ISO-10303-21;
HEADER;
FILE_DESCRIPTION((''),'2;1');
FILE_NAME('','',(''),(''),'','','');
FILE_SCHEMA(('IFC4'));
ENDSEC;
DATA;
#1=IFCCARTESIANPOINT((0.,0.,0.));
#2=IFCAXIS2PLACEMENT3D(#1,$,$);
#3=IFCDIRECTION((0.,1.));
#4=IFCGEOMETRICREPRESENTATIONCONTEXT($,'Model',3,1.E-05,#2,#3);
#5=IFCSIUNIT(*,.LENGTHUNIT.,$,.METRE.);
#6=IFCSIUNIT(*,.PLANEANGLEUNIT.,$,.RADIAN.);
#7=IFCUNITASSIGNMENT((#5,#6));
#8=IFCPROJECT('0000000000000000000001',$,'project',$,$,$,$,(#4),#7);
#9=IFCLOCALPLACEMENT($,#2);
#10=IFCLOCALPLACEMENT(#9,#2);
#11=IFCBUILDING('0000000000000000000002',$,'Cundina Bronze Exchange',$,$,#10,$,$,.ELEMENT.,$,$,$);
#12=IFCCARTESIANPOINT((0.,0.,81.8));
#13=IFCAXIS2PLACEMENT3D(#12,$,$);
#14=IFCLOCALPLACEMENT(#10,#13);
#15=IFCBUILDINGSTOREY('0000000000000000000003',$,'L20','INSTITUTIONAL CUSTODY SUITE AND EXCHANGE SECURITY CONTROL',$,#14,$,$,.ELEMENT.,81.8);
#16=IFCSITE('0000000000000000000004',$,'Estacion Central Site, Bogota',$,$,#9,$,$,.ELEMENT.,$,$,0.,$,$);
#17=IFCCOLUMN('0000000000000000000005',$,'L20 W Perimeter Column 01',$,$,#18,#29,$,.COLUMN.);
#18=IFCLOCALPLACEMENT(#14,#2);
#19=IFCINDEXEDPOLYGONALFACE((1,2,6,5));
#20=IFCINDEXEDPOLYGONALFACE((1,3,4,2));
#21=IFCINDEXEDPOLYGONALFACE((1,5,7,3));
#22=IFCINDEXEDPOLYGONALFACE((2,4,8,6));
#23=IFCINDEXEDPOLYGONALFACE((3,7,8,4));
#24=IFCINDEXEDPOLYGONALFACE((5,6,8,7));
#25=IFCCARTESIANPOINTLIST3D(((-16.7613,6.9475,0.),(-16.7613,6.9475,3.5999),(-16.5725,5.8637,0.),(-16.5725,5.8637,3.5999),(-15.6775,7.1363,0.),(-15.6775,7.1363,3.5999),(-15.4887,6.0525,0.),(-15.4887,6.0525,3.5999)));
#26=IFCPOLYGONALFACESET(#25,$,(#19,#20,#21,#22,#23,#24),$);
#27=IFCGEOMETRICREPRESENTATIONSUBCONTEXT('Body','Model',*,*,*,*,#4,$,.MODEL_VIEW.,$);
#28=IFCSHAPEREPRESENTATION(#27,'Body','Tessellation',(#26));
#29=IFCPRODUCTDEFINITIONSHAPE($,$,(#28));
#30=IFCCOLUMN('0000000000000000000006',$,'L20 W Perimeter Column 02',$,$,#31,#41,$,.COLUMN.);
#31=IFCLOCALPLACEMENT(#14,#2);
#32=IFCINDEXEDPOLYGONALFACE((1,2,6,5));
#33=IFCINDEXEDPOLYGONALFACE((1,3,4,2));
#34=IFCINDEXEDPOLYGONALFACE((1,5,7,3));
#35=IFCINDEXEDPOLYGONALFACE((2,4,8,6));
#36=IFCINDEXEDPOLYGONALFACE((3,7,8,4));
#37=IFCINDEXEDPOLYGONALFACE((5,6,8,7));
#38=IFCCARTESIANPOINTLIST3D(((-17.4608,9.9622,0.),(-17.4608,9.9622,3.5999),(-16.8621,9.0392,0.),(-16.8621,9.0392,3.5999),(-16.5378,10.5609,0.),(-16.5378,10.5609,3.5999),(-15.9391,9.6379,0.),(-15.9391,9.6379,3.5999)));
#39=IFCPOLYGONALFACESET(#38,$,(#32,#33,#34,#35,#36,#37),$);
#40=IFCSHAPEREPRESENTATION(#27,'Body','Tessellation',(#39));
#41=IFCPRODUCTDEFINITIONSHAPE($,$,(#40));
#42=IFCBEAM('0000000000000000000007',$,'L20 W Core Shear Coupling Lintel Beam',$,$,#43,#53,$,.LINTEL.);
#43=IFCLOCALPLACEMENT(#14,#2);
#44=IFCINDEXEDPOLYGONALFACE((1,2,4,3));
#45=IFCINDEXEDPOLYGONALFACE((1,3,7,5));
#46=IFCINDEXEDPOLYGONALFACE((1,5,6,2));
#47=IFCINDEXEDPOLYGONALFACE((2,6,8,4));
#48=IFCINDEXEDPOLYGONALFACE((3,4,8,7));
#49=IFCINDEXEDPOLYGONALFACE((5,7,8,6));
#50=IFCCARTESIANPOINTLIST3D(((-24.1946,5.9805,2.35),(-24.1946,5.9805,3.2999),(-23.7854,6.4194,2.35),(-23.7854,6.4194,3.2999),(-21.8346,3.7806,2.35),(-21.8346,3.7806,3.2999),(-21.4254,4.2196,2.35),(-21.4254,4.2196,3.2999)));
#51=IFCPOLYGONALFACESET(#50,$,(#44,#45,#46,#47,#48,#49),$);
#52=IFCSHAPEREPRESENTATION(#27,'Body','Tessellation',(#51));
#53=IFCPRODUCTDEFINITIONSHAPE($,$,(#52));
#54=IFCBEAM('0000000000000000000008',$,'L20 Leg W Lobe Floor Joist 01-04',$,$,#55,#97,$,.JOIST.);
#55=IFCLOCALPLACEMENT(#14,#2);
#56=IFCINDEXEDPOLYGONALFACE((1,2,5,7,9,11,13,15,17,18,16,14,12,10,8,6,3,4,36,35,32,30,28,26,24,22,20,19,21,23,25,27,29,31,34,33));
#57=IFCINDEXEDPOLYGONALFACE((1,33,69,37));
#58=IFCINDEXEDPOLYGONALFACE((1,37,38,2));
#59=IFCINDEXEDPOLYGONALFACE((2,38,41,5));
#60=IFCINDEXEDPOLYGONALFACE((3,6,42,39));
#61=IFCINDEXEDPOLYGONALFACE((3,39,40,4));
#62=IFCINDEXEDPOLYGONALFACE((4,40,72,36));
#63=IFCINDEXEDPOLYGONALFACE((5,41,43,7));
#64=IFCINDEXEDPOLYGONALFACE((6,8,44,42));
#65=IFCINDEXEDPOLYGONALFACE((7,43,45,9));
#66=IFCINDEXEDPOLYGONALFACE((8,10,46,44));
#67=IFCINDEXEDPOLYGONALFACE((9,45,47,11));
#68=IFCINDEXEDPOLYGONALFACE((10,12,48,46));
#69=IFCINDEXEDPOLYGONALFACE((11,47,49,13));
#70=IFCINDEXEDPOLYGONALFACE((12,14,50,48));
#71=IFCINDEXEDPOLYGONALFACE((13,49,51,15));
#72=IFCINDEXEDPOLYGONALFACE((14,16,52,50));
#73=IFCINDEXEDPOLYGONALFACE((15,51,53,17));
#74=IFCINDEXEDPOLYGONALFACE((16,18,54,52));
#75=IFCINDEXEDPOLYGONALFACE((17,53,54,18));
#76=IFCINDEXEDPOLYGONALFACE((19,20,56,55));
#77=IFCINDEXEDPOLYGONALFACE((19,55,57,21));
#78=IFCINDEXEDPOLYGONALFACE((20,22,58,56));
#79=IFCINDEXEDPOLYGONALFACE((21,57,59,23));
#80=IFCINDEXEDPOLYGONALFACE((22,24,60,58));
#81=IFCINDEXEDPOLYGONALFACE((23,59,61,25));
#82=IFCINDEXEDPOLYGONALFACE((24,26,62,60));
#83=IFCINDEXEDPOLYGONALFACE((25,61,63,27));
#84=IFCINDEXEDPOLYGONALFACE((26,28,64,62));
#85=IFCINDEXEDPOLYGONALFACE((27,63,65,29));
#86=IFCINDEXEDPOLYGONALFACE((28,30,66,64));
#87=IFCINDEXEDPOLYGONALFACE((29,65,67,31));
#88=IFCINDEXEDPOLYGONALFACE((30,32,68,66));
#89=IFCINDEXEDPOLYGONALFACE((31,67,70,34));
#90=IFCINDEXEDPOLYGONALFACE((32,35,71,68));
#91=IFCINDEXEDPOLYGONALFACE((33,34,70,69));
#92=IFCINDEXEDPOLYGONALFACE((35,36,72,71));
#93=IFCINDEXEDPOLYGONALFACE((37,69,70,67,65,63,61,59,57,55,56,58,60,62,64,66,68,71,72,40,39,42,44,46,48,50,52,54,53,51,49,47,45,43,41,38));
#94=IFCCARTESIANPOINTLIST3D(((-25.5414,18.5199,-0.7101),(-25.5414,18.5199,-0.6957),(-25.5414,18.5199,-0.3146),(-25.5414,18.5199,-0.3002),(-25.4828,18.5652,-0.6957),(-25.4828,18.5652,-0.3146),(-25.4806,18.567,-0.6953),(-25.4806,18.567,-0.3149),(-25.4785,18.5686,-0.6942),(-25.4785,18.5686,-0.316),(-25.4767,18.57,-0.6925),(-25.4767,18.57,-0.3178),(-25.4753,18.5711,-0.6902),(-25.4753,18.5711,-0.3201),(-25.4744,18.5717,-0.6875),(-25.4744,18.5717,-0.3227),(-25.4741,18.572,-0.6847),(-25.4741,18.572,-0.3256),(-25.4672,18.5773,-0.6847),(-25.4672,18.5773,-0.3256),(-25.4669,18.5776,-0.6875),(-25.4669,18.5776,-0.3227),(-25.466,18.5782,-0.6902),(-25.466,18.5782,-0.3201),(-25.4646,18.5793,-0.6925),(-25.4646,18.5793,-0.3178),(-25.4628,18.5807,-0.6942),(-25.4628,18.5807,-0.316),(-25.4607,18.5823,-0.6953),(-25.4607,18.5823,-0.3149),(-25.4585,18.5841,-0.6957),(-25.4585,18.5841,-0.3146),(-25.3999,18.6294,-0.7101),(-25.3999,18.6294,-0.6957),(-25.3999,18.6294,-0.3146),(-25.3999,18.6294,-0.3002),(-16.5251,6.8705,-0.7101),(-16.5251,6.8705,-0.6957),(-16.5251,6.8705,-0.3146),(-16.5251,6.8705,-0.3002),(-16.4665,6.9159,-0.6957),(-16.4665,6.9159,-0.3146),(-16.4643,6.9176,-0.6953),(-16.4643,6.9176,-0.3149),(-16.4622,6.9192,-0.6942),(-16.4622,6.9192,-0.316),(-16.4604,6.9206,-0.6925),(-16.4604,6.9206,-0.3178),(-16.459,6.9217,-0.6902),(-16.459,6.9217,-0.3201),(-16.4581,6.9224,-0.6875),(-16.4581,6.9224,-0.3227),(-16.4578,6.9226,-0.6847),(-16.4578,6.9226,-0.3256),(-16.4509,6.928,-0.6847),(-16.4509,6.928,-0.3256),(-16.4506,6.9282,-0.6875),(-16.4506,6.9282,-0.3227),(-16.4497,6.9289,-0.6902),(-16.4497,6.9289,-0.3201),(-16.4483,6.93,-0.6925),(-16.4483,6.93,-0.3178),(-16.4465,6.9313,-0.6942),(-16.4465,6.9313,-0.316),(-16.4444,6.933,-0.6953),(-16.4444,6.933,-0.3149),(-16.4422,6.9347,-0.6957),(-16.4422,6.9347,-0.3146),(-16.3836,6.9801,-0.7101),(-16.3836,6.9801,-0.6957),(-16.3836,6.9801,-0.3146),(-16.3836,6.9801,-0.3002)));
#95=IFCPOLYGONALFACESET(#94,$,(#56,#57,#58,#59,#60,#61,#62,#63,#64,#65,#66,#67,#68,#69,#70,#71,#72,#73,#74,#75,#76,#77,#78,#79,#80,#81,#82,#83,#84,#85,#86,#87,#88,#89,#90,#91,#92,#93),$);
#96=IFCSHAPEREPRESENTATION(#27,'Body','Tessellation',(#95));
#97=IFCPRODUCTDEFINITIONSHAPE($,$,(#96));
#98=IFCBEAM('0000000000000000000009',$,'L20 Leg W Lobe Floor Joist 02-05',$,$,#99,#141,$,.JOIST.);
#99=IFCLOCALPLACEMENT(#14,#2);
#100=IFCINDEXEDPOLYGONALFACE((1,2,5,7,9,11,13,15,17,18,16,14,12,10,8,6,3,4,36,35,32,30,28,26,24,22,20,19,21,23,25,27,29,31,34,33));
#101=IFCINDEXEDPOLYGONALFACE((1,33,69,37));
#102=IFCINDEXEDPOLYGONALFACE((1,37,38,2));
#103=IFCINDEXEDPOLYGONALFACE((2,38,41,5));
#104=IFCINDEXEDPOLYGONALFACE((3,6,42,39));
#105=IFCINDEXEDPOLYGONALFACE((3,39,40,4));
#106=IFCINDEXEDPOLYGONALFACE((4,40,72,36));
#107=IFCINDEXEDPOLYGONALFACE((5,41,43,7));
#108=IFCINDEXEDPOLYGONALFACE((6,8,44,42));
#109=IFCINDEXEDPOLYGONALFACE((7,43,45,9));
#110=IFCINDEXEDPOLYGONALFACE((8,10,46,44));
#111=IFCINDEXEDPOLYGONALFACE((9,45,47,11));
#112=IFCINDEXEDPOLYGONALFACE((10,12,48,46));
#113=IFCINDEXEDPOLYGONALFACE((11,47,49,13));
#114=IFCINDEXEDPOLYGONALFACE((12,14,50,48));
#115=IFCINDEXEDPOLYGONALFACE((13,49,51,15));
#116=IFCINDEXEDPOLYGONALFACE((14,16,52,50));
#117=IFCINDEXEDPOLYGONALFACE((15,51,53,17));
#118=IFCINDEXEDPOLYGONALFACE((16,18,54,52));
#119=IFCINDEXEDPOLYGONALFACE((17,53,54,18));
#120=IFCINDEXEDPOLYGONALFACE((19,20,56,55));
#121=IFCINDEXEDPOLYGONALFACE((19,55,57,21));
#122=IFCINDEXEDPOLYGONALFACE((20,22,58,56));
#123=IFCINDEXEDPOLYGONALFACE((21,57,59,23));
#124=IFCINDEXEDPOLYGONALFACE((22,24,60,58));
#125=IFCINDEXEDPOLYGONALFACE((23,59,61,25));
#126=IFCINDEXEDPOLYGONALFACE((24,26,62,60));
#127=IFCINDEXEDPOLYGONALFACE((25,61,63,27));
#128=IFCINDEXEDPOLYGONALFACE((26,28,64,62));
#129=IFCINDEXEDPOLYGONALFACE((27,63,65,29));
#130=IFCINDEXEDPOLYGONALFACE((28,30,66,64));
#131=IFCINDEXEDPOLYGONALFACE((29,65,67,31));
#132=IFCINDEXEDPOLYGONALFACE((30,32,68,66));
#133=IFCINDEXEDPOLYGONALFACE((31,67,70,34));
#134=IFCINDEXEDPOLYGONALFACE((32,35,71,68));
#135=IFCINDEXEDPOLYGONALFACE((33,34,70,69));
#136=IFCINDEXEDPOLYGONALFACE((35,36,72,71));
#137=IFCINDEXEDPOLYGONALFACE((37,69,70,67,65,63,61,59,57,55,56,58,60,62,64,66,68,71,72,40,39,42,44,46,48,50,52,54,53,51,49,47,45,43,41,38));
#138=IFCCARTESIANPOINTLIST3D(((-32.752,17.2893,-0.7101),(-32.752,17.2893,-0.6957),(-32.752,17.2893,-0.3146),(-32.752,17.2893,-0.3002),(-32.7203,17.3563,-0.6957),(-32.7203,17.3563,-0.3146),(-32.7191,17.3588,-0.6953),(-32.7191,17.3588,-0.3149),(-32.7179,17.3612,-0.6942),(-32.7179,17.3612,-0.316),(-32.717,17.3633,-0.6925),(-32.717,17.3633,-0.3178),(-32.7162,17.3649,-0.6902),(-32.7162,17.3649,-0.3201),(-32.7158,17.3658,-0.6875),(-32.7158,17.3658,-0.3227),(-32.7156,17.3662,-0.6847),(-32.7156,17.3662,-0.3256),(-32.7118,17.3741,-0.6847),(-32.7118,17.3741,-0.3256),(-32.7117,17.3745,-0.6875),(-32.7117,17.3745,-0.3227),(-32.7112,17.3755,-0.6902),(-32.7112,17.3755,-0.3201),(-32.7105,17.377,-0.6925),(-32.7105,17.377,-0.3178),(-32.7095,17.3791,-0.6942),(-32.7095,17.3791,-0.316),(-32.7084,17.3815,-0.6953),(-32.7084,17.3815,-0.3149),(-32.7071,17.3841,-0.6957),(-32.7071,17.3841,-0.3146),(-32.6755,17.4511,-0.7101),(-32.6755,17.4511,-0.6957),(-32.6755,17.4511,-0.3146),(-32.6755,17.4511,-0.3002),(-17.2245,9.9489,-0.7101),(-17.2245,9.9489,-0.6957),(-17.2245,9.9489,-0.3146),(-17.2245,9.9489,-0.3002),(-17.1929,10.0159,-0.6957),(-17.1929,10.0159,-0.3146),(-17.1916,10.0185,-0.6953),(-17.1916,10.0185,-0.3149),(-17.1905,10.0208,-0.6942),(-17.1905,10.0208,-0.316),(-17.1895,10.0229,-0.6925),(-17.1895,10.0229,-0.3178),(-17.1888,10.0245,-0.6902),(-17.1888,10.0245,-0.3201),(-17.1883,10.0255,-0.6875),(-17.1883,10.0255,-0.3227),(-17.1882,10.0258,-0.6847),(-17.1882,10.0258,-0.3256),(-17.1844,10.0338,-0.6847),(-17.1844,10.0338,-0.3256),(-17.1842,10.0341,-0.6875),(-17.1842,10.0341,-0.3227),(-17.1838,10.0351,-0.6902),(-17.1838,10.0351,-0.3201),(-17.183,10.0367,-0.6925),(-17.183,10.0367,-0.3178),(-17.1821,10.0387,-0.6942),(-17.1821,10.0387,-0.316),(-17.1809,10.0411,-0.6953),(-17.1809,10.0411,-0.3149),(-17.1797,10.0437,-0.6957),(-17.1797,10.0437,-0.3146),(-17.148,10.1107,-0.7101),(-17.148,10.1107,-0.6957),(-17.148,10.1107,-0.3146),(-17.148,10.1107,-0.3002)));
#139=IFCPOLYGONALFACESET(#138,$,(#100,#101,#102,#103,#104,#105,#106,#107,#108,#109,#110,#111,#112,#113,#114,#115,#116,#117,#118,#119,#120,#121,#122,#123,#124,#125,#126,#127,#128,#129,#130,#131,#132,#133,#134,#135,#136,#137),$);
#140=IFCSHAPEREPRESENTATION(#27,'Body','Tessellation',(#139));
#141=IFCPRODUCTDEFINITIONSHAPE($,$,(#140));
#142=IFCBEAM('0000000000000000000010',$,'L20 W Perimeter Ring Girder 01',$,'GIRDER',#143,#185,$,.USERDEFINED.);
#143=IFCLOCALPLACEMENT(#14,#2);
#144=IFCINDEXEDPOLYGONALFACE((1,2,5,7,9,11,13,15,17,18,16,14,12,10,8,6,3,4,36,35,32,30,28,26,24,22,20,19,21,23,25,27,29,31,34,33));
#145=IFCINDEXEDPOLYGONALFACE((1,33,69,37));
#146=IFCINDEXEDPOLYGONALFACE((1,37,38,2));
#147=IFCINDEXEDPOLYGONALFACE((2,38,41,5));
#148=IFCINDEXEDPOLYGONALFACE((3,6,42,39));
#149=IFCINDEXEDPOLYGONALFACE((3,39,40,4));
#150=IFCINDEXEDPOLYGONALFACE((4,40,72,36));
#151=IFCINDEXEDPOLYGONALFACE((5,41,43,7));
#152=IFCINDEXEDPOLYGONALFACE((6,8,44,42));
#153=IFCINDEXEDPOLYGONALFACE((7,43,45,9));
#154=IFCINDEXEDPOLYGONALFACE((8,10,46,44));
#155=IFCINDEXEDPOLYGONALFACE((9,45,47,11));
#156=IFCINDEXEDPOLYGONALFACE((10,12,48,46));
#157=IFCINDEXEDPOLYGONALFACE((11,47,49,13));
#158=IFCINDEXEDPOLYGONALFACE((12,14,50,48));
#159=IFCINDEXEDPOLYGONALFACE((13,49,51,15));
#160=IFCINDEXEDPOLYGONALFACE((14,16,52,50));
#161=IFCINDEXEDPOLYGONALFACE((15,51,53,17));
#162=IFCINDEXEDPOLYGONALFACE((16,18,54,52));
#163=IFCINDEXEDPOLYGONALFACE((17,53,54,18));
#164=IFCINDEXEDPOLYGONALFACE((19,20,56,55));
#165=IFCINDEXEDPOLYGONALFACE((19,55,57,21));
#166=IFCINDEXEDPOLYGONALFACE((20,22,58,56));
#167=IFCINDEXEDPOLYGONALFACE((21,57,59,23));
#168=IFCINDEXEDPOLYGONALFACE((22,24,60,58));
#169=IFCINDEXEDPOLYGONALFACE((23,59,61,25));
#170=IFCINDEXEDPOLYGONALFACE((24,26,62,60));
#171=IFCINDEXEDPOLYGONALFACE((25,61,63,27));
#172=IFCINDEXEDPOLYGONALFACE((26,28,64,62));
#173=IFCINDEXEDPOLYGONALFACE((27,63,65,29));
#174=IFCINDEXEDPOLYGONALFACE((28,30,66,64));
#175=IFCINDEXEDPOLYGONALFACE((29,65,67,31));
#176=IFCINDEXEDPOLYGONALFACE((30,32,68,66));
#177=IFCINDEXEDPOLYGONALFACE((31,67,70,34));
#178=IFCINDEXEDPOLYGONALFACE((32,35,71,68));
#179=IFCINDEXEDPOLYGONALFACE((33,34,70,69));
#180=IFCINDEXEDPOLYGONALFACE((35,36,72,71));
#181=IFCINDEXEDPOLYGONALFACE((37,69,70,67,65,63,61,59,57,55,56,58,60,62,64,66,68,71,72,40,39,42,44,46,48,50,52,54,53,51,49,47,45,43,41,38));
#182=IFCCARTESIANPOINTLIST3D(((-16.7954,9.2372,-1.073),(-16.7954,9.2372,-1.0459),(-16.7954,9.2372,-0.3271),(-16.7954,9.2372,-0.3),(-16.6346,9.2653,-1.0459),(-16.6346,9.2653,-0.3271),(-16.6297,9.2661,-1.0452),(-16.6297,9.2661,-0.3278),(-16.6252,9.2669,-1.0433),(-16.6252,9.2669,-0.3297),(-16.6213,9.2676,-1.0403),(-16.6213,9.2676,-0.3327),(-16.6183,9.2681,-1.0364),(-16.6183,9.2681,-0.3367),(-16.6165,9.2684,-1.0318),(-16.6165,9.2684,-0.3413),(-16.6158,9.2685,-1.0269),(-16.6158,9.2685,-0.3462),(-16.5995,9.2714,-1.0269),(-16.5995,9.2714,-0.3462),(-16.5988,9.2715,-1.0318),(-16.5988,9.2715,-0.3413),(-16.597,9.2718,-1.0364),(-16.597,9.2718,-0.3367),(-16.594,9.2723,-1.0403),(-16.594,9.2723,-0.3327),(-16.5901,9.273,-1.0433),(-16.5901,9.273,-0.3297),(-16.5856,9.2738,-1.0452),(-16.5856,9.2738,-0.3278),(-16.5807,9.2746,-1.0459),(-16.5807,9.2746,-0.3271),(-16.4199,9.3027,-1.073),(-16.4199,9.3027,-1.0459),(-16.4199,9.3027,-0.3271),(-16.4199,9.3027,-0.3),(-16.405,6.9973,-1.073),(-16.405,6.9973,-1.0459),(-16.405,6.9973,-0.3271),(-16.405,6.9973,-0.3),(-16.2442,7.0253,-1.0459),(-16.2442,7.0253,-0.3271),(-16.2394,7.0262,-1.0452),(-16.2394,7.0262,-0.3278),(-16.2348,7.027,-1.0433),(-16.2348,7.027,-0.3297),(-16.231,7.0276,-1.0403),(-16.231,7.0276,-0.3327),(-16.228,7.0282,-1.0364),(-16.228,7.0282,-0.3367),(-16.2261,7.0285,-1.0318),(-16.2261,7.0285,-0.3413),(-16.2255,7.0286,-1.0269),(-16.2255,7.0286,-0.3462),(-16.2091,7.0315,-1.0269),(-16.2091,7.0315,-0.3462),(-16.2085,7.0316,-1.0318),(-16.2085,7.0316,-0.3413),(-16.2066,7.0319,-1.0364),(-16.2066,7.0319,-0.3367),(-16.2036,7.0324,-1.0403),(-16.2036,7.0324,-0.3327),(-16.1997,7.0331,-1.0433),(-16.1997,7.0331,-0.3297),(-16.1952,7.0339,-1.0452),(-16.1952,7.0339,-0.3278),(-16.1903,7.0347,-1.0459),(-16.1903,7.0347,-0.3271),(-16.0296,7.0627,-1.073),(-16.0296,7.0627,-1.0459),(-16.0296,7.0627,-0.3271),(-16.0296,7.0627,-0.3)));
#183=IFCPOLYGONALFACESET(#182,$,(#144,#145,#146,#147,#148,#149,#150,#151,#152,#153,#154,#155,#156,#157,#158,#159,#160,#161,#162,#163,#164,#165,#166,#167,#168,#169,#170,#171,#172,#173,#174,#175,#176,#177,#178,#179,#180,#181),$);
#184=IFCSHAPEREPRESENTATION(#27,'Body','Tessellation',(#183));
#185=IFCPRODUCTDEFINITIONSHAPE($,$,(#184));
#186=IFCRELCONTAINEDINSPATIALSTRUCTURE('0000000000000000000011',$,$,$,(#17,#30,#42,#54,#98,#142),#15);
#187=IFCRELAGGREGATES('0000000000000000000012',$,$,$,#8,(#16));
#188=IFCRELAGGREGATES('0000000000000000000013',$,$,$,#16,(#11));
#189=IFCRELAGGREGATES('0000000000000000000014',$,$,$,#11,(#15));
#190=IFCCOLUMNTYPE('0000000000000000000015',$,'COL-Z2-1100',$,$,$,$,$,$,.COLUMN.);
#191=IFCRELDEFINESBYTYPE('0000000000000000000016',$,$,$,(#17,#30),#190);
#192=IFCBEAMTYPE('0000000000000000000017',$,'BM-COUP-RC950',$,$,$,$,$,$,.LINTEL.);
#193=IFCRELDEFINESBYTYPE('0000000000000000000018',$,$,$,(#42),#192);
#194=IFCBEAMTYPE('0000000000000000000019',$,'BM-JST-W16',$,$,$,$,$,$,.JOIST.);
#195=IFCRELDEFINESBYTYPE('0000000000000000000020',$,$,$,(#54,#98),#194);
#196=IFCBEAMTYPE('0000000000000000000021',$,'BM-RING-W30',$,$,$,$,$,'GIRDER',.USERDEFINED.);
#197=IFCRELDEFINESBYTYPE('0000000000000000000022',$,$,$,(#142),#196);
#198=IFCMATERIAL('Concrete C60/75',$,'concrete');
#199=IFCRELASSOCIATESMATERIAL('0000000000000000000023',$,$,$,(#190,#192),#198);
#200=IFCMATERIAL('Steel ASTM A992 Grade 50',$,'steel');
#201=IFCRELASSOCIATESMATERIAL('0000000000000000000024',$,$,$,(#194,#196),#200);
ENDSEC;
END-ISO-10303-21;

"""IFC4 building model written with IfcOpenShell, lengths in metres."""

from ifc_helpers import new_model, si_unit, direction, frame, origin, origin_2d, place, context, subcontext, project, spatial, rectangle, i_section, extrude, material, material_profile, profile_set, type_object, element, save


model = new_model("IFC4")

# Units and contexts
model_context = context("Model", 3, precision=1e-05, world=origin(), true_north=direction((0.0, 1.0)))
body_context = subcontext(model_context, "Body", "Model", "MODEL_VIEW")
ifc_project = project(units=[si_unit("LENGTHUNIT", "METRE"), si_unit("PLANEANGLEUNIT", "RADIAN")], contexts=[model_context])

# Site, building, storey
site_placement = place(None, origin())
site = spatial("IfcSite", under=ifc_project, at=site_placement, Name="Estacion Central Site, Bogota", CompositionType="ELEMENT", RefElevation=0.0)
building_placement = place(site_placement, origin())
building = spatial("IfcBuilding", under=site, at=building_placement, Name="Cundina Bronze Exchange", CompositionType="ELEMENT")
storey_placement = place(building_placement, frame((0.0, 0.0, 81.8)))
storey = spatial("IfcBuildingStorey", under=building, at=storey_placement, Name="L20", Description="INSTITUTIONAL CUSTODY SUITE AND EXCHANGE SECURITY CONTROL", CompositionType="ELEMENT", Elevation=81.8)

# Columns
ifc_material_1 = material(Name="Concrete C60/75", Category="concrete")
ifc_material_profile_1 = material_profile(ifc_material_1, rectangle(XDim=1.1001, YDim=1.1001, at=origin_2d()), Name="RC1100X1100", Category="concrete")
ifc_profile_set_1 = profile_set([ifc_material_profile_1], Name="Concrete C60/75")
column_type = type_object("IfcColumnType", Name="COL-Z2-1100", PredefinedType="COLUMN", material=ifc_profile_set_1)
for number, where, z_axis, x_axis, name in (
    (1, (-16.125, 6.5, 0.0), (0.0, 0.0, 1.0), (-0.171585, 0.985169, 0.0), "L20 W Perimeter Column 01"),
    (2, (-16.7, 9.8, 0.0), (0.0, 0.0, 1.0), (-0.5442, 0.838956, 0.0), "L20 W Perimeter Column 02"),
):
    element("IfcColumn", number, at=place(storey_placement, frame(where, z_axis=z_axis, x_axis=x_axis)), inside=storey, type_object=column_type, Name=name, PredefinedType="COLUMN", context=body_context, shape_type="SweptSolid", body=[
        extrude(rectangle(XDim=1.1001, YDim=1.1001, at=origin_2d()), origin(), (0.0, 0.0, 1.0), 3.5999),
    ])

# Beams
ifc_material_profile_2 = material_profile(ifc_material_1, rectangle(XDim=0.6001, YDim=0.95, at=origin_2d()), Name="RC600X950", Category="concrete")
ifc_profile_set_2 = profile_set([ifc_material_profile_2], Name="Concrete C60/75")
beam_type_1 = type_object("IfcBeamType", Name="BM-COUP-RC950", PredefinedType="LINTEL", material=ifc_profile_set_2)
beam_1_placement = place(storey_placement, frame((-23.99, 6.2, 2.825), z_axis=(0.73149, -0.681852, 0.0), x_axis=(0.681852, 0.73149, 0.0)))
element("IfcBeam", 3, at=beam_1_placement, inside=storey, type_object=beam_type_1, Name="L20 W Core Shear Coupling Lintel Beam", PredefinedType="LINTEL", context=body_context, shape_type="SweptSolid", body=[
    extrude(rectangle(XDim=0.6001, YDim=0.95, at=origin_2d()), origin(), (0.0, 0.0, 1.0), 3.2263),
])
ifc_material_2 = material(Name="Steel ASTM A992 Grade 50", Category="steel")
ifc_material_profile_3 = material_profile(ifc_material_2, i_section(OverallWidth=0.179, OverallDepth=0.4099, WebThickness=0.0088, FlangeThickness=0.0144, FilletRadius=0.011, at=origin_2d()), Name="W16X45", Category="steel")
ifc_profile_set_3 = profile_set([ifc_material_profile_3], Name="Steel ASTM A992 Grade 50")
beam_type_2 = type_object("IfcBeamType", Name="BM-JST-W16", PredefinedType="JOIST", material=ifc_profile_set_3)
beam_2_placement = place(storey_placement, frame((-16.4543, 6.9253, -0.5051), z_axis=(-0.612065, 0.790807, 0.0), x_axis=(-0.790807, -0.612065, 0.0)))
element("IfcBeam", 4, at=beam_2_placement, inside=storey, type_object=beam_type_2, Name="L20 Leg W Lobe Floor Joist 01-04", PredefinedType="JOIST", context=body_context, shape_type="SweptSolid", body=[
    extrude(i_section(OverallWidth=0.179, OverallDepth=0.4099, WebThickness=0.0088, FlangeThickness=0.0144, FilletRadius=0.011, at=origin_2d()), origin(), (0.0, 0.0, 1.0), 14.731),
])
beam_3_placement = place(storey_placement, frame((-17.1863, 10.0298, -0.5051), z_axis=(-0.904069, 0.427386, 0.0), x_axis=(-0.427386, -0.904069, 0.0)))
element("IfcBeam", 5, at=beam_3_placement, inside=storey, type_object=beam_type_2, Name="L20 Leg W Lobe Floor Joist 02-05", PredefinedType="JOIST", context=body_context, shape_type="SweptSolid", body=[
    extrude(i_section(OverallWidth=0.179, OverallDepth=0.4099, WebThickness=0.0088, FlangeThickness=0.0144, FilletRadius=0.011, at=origin_2d()), origin(), (0.0, 0.0, 1.0), 17.175),
])
ifc_material_profile_4 = material_profile(ifc_material_2, i_section(OverallWidth=0.3811, OverallDepth=0.7729, WebThickness=0.0166, FlangeThickness=0.0271, FilletRadius=0.019, at=origin_2d()), Name="W30X173", Category="steel")
ifc_profile_set_4 = profile_set([ifc_material_profile_4], Name="Steel ASTM A992 Grade 50")
beam_type_3 = type_object("IfcBeamType", Name="BM-RING-W30", ElementType="GIRDER", PredefinedType="USERDEFINED", material=ifc_profile_set_4)
beam_4_placement = place(storey_placement, frame((-16.2173, 7.03, -0.6865), z_axis=(-0.17169, 0.985151, 0.0), x_axis=(-0.985151, -0.17169, 0.0)))
element("IfcBeam", 6, at=beam_4_placement, inside=storey, type_object=beam_type_3, Name="L20 W Perimeter Ring Girder 01", ObjectType="GIRDER", PredefinedType="USERDEFINED", context=body_context, shape_type="SweptSolid", body=[
    extrude(i_section(OverallWidth=0.3811, OverallDepth=0.7729, WebThickness=0.0166, FlangeThickness=0.0271, FilletRadius=0.019, at=origin_2d()), origin(), (0.0, 0.0, 1.0), 2.2737),
])

save(model, "model.ifc")
